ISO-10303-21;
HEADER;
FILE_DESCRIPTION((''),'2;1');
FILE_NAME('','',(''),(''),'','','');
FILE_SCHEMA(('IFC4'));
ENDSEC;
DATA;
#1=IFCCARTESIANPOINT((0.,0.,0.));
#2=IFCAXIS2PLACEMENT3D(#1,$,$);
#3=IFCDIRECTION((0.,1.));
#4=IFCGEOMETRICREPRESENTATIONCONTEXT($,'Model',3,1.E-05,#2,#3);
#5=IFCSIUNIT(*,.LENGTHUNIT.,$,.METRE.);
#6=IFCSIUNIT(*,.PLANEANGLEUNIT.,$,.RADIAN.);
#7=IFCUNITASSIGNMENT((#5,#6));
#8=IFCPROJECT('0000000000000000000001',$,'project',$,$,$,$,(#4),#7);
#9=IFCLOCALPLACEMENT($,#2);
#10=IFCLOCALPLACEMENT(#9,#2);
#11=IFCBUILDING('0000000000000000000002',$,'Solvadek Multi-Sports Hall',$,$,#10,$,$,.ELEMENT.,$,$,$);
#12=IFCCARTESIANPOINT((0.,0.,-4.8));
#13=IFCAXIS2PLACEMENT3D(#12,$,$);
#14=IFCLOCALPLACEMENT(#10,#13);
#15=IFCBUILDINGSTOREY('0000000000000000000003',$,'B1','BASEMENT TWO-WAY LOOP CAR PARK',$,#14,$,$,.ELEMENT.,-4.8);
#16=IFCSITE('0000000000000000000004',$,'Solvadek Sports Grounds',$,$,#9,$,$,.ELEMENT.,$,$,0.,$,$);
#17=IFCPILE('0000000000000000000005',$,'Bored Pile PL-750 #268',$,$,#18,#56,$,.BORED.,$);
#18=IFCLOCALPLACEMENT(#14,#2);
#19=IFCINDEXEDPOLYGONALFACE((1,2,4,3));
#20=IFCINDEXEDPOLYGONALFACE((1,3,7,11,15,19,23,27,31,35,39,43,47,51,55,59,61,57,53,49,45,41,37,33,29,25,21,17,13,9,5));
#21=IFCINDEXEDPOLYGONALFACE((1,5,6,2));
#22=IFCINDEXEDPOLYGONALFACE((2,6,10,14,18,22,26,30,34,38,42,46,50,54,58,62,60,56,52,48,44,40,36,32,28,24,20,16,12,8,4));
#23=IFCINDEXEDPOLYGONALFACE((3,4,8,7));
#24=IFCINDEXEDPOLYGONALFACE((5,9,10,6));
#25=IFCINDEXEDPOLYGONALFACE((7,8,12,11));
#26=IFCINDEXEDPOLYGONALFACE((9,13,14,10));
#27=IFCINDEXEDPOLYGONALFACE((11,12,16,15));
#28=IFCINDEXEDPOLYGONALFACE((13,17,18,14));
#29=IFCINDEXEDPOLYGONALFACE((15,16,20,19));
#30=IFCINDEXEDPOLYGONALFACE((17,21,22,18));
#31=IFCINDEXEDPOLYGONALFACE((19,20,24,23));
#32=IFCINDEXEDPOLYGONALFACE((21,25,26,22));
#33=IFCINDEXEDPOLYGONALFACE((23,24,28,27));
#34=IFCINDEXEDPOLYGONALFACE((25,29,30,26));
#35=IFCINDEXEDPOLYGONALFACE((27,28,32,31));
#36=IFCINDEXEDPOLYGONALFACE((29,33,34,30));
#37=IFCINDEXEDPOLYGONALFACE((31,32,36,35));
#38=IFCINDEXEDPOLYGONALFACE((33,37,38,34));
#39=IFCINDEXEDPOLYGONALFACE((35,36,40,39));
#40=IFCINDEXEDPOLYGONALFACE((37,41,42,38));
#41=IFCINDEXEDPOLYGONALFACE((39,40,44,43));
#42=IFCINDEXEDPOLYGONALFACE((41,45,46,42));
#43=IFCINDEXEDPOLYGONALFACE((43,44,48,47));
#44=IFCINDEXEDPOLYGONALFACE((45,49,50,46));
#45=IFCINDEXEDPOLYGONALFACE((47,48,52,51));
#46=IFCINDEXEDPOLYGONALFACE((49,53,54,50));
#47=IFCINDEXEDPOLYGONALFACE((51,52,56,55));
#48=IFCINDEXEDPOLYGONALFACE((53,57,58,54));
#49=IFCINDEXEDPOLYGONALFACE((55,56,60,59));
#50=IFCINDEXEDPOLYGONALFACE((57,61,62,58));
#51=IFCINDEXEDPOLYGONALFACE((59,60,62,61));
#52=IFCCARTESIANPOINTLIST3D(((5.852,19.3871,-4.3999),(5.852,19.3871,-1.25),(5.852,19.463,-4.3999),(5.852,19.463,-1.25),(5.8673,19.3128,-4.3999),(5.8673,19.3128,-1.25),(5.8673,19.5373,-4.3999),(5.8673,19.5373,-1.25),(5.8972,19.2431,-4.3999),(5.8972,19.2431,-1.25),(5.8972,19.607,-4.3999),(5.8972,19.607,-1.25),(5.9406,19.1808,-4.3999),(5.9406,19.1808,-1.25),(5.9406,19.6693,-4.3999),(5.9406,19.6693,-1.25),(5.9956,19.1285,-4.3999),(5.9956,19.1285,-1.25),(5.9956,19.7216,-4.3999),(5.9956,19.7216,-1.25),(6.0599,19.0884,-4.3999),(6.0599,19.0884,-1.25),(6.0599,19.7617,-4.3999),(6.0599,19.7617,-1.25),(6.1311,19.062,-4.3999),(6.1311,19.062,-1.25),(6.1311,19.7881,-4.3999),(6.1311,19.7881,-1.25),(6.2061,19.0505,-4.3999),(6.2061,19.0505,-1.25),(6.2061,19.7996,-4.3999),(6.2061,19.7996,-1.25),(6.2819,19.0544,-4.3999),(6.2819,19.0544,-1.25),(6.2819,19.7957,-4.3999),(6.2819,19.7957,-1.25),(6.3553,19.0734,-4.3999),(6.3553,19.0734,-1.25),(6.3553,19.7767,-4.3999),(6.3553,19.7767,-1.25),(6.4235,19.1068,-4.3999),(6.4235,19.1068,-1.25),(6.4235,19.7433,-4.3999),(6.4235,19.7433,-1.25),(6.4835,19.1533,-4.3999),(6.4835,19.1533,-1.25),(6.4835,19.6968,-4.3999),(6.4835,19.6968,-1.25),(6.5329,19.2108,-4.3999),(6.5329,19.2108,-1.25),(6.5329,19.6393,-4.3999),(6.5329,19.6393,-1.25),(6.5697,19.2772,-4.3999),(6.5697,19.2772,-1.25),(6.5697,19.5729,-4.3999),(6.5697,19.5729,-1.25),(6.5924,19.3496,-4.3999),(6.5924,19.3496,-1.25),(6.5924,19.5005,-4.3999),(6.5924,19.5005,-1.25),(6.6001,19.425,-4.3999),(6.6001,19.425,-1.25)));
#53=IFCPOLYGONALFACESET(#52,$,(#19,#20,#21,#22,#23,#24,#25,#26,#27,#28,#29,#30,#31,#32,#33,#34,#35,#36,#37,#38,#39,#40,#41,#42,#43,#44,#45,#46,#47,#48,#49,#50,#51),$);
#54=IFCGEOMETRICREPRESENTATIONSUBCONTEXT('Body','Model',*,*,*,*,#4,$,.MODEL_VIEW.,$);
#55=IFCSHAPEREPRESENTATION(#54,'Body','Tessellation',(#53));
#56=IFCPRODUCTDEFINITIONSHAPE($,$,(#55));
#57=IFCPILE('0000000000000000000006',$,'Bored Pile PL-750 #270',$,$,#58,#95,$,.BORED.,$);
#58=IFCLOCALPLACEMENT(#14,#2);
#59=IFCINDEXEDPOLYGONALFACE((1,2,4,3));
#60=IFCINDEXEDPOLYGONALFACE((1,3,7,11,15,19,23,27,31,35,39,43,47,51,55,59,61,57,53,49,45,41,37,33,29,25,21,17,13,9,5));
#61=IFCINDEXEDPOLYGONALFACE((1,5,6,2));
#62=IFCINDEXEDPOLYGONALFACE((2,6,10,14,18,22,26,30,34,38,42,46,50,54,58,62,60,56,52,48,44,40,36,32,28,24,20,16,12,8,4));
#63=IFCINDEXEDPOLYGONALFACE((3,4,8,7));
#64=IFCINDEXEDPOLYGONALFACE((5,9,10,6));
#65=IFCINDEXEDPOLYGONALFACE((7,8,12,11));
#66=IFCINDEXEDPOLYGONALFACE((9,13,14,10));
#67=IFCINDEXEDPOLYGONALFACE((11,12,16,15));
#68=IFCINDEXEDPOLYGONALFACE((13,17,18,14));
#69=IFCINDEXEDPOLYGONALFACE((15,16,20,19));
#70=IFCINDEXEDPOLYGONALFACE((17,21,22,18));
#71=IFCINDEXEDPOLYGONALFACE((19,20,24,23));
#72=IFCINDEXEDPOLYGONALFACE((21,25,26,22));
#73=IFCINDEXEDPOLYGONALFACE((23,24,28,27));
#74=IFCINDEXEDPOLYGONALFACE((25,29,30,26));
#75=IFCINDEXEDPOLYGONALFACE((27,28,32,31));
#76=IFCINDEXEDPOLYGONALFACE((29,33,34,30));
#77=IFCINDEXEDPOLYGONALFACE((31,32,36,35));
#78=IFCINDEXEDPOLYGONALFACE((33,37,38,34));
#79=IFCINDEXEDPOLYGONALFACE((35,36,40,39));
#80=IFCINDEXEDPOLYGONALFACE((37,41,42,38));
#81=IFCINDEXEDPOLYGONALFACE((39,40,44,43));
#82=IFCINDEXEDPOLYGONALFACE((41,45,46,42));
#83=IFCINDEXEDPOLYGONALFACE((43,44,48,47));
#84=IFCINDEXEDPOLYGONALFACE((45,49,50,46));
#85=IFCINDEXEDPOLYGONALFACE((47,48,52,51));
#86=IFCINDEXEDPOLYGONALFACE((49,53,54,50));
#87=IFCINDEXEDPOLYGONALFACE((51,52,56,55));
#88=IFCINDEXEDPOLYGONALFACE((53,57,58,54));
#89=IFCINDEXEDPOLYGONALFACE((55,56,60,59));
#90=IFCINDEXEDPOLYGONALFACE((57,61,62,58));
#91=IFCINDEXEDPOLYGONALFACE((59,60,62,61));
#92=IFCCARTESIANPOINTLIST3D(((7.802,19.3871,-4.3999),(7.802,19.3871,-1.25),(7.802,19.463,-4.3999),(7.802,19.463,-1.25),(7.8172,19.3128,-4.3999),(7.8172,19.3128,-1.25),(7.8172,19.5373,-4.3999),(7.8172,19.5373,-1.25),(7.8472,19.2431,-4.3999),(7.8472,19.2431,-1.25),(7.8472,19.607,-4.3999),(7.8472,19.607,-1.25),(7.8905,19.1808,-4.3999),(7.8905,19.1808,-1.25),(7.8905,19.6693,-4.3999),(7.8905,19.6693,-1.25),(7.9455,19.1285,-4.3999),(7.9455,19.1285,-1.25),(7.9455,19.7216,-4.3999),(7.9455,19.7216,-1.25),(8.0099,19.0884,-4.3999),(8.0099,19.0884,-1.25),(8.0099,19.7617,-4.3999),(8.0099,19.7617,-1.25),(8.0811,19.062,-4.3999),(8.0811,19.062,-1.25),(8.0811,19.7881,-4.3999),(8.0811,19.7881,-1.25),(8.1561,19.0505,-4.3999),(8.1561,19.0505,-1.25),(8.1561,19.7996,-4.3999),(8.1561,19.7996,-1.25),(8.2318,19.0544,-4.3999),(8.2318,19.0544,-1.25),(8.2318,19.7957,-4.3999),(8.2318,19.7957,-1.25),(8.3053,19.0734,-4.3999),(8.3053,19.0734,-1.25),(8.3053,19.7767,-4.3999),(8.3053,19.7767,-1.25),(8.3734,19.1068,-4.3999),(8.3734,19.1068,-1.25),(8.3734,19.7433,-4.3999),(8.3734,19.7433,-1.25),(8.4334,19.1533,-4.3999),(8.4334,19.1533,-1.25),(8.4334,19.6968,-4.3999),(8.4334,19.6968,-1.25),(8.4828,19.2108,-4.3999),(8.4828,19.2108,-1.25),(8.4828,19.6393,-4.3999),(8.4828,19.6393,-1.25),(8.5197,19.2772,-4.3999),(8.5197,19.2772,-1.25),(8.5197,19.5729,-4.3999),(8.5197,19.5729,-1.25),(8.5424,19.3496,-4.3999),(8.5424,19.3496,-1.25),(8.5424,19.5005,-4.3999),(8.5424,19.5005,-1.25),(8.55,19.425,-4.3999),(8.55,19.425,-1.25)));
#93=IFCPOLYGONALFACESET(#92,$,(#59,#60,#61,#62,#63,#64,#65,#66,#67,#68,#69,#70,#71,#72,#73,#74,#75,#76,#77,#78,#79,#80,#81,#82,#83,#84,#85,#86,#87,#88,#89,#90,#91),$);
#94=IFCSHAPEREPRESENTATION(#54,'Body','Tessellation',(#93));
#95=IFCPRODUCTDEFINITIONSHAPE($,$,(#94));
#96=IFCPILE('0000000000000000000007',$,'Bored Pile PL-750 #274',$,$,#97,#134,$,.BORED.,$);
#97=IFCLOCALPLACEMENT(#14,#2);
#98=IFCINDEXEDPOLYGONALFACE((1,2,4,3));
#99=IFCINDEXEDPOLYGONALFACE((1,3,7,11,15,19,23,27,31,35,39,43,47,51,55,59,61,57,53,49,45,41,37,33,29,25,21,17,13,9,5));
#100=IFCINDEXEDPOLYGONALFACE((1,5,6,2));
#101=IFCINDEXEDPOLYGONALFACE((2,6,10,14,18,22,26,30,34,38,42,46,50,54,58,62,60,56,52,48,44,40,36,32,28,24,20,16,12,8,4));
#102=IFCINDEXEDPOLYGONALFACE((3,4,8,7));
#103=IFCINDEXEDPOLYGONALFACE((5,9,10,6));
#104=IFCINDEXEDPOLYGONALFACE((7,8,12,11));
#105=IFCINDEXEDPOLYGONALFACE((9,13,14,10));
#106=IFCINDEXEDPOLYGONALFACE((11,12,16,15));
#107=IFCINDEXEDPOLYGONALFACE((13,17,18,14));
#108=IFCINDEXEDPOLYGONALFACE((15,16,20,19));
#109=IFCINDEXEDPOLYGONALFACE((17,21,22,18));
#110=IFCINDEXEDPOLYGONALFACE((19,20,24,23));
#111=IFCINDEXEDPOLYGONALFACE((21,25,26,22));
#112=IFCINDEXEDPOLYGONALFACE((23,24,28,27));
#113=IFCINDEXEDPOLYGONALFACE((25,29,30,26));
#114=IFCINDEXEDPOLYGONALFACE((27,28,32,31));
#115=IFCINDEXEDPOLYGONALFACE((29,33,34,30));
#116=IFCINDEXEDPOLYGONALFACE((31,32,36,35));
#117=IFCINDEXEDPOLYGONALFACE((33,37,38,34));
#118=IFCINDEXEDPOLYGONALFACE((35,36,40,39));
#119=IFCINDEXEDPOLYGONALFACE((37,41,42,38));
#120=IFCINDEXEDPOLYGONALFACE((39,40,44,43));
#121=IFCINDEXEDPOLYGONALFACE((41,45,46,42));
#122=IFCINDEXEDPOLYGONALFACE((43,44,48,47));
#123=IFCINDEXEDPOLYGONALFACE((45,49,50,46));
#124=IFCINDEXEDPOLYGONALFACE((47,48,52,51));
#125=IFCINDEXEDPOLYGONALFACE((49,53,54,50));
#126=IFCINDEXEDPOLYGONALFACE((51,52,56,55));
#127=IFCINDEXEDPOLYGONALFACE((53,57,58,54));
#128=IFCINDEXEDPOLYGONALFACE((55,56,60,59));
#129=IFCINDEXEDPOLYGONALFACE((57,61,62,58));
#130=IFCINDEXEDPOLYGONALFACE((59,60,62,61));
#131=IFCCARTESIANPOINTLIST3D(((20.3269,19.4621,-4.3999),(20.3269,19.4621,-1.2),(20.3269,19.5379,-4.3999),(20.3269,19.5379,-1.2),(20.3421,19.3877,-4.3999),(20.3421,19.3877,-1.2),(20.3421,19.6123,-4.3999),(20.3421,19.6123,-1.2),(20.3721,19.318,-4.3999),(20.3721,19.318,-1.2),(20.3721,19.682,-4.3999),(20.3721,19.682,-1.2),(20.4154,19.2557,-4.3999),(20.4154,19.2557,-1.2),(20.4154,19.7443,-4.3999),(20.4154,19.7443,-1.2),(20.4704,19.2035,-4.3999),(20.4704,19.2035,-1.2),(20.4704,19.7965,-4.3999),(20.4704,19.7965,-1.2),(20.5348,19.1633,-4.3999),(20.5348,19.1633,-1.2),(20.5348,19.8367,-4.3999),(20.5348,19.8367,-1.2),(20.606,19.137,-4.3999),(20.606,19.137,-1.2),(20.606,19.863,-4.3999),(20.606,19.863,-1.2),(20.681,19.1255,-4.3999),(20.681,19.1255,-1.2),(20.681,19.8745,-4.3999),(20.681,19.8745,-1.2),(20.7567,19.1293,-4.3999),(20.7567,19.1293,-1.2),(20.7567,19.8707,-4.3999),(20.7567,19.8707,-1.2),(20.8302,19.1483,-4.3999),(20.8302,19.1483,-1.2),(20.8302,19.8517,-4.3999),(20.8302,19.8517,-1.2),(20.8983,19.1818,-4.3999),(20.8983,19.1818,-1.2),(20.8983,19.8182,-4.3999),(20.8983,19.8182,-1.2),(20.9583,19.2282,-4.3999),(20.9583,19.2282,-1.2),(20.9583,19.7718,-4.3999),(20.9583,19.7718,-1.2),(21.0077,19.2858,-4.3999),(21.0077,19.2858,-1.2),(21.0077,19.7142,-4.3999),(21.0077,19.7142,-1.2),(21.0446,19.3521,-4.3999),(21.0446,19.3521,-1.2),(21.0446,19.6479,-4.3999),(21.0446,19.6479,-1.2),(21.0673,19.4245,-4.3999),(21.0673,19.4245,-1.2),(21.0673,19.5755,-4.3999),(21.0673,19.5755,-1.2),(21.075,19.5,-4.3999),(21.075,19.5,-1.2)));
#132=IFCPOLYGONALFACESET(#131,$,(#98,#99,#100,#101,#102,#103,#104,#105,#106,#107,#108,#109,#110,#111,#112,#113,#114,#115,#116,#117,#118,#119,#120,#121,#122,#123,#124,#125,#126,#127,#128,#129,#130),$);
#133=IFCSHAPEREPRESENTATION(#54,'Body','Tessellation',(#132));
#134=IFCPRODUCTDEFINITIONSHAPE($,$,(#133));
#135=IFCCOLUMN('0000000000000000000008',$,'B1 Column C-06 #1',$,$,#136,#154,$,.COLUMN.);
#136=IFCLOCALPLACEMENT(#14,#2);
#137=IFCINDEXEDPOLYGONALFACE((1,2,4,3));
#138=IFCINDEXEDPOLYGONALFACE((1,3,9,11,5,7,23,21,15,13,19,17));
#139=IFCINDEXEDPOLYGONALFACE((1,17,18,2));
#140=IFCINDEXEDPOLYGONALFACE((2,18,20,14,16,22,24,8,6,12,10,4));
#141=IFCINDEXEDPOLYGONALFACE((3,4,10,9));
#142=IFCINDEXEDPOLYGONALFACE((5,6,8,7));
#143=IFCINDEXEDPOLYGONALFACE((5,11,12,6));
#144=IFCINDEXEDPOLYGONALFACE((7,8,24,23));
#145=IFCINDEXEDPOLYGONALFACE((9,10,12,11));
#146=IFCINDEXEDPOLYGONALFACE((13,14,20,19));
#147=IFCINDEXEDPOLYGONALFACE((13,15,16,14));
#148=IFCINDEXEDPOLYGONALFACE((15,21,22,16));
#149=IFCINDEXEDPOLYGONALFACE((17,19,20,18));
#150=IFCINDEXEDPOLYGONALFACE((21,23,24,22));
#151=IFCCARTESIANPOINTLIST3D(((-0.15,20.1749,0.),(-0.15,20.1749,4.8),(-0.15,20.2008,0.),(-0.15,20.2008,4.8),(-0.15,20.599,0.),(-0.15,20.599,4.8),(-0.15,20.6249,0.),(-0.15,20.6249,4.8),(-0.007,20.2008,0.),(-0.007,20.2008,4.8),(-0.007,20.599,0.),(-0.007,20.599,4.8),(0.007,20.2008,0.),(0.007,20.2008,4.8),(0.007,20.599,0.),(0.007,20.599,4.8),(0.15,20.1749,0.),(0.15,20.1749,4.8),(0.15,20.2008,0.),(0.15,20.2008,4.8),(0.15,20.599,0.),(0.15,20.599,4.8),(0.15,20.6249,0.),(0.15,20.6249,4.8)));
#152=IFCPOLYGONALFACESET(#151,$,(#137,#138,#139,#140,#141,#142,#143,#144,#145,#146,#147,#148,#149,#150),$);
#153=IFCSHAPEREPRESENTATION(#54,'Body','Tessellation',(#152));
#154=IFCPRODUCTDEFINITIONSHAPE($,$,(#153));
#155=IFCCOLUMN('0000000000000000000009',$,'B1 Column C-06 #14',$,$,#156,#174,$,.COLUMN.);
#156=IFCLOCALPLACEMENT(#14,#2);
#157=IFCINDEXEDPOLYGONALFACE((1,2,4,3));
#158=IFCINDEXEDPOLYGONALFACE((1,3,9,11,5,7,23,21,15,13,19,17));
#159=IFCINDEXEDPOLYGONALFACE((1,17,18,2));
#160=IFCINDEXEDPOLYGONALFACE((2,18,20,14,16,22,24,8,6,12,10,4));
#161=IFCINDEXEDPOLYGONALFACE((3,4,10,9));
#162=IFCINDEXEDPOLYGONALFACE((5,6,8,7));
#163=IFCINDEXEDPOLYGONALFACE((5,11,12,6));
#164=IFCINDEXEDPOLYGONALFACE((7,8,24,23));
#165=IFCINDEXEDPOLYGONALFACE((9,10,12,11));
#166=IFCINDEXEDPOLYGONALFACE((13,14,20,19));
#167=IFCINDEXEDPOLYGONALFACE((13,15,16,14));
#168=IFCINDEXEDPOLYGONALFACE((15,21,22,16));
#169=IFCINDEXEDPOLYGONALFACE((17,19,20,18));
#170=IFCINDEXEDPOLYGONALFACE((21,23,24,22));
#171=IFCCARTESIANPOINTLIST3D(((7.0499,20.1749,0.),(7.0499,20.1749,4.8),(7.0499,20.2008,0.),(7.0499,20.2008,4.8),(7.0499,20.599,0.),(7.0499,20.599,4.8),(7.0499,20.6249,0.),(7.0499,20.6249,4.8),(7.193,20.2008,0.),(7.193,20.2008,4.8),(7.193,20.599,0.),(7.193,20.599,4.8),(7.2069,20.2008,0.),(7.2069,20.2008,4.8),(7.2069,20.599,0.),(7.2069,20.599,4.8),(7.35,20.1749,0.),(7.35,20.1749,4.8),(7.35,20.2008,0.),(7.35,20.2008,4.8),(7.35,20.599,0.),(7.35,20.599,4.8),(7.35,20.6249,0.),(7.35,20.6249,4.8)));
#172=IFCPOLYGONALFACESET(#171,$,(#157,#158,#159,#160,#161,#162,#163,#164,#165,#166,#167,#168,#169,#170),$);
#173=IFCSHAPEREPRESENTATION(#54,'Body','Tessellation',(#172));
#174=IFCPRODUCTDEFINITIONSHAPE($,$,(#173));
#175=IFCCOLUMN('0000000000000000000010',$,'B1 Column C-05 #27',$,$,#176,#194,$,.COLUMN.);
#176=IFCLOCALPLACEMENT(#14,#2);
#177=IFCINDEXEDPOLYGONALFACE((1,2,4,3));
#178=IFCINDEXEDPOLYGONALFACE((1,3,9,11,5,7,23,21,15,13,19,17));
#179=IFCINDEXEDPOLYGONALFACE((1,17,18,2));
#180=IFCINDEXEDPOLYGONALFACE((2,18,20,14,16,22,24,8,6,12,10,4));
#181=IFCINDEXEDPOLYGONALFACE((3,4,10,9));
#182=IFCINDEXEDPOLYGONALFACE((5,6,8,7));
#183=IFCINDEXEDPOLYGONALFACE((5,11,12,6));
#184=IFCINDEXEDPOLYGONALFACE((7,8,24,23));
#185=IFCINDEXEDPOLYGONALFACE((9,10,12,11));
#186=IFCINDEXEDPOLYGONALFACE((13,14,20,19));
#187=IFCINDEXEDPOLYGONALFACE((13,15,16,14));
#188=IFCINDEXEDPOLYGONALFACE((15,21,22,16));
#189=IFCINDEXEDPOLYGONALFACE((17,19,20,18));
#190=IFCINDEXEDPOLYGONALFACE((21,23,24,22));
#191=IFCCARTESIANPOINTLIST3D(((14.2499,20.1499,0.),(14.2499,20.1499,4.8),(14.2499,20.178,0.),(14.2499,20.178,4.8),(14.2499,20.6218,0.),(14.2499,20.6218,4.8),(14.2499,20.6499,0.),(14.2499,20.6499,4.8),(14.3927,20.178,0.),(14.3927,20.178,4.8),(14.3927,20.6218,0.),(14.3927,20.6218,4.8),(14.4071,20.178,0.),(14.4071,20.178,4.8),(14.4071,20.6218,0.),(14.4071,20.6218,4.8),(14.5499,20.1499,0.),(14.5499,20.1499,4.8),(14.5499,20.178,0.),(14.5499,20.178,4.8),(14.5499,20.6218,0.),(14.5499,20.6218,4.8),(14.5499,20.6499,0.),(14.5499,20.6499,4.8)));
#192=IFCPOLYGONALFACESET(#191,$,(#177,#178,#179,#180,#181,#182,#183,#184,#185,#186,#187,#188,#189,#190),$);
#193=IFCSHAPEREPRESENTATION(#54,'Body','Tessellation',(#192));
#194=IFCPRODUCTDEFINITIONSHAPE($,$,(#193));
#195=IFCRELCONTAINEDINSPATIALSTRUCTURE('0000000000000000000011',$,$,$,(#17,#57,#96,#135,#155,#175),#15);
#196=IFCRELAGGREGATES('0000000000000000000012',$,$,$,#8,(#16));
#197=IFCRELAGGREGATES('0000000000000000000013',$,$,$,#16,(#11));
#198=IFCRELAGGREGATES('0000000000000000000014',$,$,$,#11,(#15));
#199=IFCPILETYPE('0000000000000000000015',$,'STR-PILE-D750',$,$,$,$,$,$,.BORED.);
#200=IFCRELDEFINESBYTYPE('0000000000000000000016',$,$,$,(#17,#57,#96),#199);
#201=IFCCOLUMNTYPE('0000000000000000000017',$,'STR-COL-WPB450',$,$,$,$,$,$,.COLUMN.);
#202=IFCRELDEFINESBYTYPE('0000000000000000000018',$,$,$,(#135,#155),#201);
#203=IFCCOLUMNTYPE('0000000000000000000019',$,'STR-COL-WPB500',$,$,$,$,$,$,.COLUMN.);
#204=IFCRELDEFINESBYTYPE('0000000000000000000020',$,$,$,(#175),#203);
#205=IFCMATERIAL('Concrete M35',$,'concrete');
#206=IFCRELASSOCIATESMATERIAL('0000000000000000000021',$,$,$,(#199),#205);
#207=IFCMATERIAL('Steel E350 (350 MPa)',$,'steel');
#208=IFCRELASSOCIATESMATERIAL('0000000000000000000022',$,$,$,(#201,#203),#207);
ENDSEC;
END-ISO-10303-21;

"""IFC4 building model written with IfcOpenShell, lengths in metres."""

from ifc_helpers import new_model, si_unit, direction, frame, origin, origin_2d, place, context, subcontext, project, spatial, circle, i_section, extrude, material, material_profile, profile_set, type_object, element, save


model = new_model("IFC4")

# Units and contexts
model_context = context("Model", 3, precision=1e-05, world=origin(), true_north=direction((0.0, 1.0)))
body_context = subcontext(model_context, "Body", "Model", "MODEL_VIEW")
ifc_project = project(units=[si_unit("LENGTHUNIT", "METRE"), si_unit("PLANEANGLEUNIT", "RADIAN")], contexts=[model_context])

# Site, building, storey
site_placement = place(None, origin())
site = spatial("IfcSite", under=ifc_project, at=site_placement, Name="Solvadek Sports Grounds", CompositionType="ELEMENT", RefElevation=0.0)
building_placement = place(site_placement, origin())
building = spatial("IfcBuilding", under=site, at=building_placement, Name="Solvadek Multi-Sports Hall", CompositionType="ELEMENT")
storey_placement = place(building_placement, frame((0.0, 0.0, -4.8)))
storey = spatial("IfcBuildingStorey", under=building, at=storey_placement, Name="B1", Description="BASEMENT TWO-WAY LOOP CAR PARK", CompositionType="ELEMENT", Elevation=-4.8)

# Piles
ifc_material_1 = material(Name="Concrete M35", Category="concrete")
ifc_material_profile_1 = material_profile(ifc_material_1, circle(Radius=0.375, at=origin_2d()), Name="BORED PILE D750")
ifc_profile_set_1 = profile_set([ifc_material_profile_1], Name="Concrete M35")
pile_type_1 = type_object("IfcPileType", Name="STR-PILE-D750", PredefinedType="BORED", material=ifc_profile_set_1)
for number, where, z_axis, x_axis, name in (
    (1, (6.2251, 19.425, -1.25), (0.0, 0.0, -1.0), (1.0, 0.0, 0.0), "Bored Pile PL-750 #268"),
    (2, (8.175, 19.425, -1.25), (0.0, 0.0, -1.0), (1.0, 0.0, 0.0), "Bored Pile PL-750 #270"),
):
    element("IfcPile", number, at=place(storey_placement, frame(where, z_axis=z_axis, x_axis=x_axis)), inside=storey, type_object=pile_type_1, Name=name, PredefinedType="BORED", context=body_context, shape_type="SweptSolid", body=[
        extrude(circle(Radius=0.375, at=origin_2d()), origin(), (0.0, 0.0, 1.0), 3.1499),
    ])
pile_1_placement = place(storey_placement, frame((20.7, 19.5, -1.2), z_axis=(0.0, 0.0, -1.0), x_axis=(1.0, 0.0, 0.0)))
element("IfcPile", 3, at=pile_1_placement, inside=storey, type_object=pile_type_1, Name="Bored Pile PL-750 #274", PredefinedType="BORED", context=body_context, shape_type="SweptSolid", body=[
    extrude(circle(Radius=0.375, at=origin_2d()), origin(), (0.0, 0.0, 1.0), 3.2),
])

# Columns
ifc_material_2 = material(Name="Steel E350 (350 MPa)", Category="steel")
ifc_material_profile_2 = material_profile(ifc_material_2, i_section(OverallWidth=0.3, OverallDepth=0.45, WebThickness=0.0139, FlangeThickness=0.0259, at=origin_2d()), Name="WPB 450")
ifc_profile_set_2 = profile_set([ifc_material_profile_2], Name="Steel E350 (350 MPa)")
column_type_1 = type_object("IfcColumnType", Name="STR-COL-WPB450", PredefinedType="COLUMN", material=ifc_profile_set_2)
for number, where, z_axis, x_axis, name in (
    (4, (0.0, 20.3999, 0.0), (0.0, 0.0, 1.0), (1.0, 0.0, 0.0), "B1 Column C-06 #1"),
    (5, (7.2, 20.3999, 0.0), (0.0, 0.0, 1.0), (1.0, 0.0, 0.0), "B1 Column C-06 #14"),
):
    element("IfcColumn", number, at=place(storey_placement, frame(where, z_axis=z_axis, x_axis=x_axis)), inside=storey, type_object=column_type_1, Name=name, PredefinedType="COLUMN", context=body_context, shape_type="SweptSolid", body=[
        extrude(i_section(OverallWidth=0.3, OverallDepth=0.45, WebThickness=0.0139, FlangeThickness=0.0259, at=origin_2d()), origin(), (0.0, 0.0, 1.0), 4.8),
    ])
ifc_material_profile_3 = material_profile(ifc_material_2, i_section(OverallWidth=0.3, OverallDepth=0.5, WebThickness=0.0144, FlangeThickness=0.0281, at=origin_2d()), Name="WPB 500")
ifc_profile_set_3 = profile_set([ifc_material_profile_3], Name="Steel E350 (350 MPa)")
column_type_2 = type_object("IfcColumnType", Name="STR-COL-WPB500", PredefinedType="COLUMN", material=ifc_profile_set_3)
for number, where, z_axis, x_axis, name in (
    (6, (14.3999, 20.3999, 0.0), (0.0, 0.0, 1.0), (1.0, 0.0, 0.0), "B1 Column C-05 #27"),
):
    element("IfcColumn", number, at=place(storey_placement, frame(where, z_axis=z_axis, x_axis=x_axis)), inside=storey, type_object=column_type_2, Name=name, PredefinedType="COLUMN", context=body_context, shape_type="SweptSolid", body=[
        extrude(i_section(OverallWidth=0.3, OverallDepth=0.5, WebThickness=0.0144, FlangeThickness=0.0281, at=origin_2d()), origin(), (0.0, 0.0, 1.0), 4.8),
    ])

save(model, "model.ifc")
